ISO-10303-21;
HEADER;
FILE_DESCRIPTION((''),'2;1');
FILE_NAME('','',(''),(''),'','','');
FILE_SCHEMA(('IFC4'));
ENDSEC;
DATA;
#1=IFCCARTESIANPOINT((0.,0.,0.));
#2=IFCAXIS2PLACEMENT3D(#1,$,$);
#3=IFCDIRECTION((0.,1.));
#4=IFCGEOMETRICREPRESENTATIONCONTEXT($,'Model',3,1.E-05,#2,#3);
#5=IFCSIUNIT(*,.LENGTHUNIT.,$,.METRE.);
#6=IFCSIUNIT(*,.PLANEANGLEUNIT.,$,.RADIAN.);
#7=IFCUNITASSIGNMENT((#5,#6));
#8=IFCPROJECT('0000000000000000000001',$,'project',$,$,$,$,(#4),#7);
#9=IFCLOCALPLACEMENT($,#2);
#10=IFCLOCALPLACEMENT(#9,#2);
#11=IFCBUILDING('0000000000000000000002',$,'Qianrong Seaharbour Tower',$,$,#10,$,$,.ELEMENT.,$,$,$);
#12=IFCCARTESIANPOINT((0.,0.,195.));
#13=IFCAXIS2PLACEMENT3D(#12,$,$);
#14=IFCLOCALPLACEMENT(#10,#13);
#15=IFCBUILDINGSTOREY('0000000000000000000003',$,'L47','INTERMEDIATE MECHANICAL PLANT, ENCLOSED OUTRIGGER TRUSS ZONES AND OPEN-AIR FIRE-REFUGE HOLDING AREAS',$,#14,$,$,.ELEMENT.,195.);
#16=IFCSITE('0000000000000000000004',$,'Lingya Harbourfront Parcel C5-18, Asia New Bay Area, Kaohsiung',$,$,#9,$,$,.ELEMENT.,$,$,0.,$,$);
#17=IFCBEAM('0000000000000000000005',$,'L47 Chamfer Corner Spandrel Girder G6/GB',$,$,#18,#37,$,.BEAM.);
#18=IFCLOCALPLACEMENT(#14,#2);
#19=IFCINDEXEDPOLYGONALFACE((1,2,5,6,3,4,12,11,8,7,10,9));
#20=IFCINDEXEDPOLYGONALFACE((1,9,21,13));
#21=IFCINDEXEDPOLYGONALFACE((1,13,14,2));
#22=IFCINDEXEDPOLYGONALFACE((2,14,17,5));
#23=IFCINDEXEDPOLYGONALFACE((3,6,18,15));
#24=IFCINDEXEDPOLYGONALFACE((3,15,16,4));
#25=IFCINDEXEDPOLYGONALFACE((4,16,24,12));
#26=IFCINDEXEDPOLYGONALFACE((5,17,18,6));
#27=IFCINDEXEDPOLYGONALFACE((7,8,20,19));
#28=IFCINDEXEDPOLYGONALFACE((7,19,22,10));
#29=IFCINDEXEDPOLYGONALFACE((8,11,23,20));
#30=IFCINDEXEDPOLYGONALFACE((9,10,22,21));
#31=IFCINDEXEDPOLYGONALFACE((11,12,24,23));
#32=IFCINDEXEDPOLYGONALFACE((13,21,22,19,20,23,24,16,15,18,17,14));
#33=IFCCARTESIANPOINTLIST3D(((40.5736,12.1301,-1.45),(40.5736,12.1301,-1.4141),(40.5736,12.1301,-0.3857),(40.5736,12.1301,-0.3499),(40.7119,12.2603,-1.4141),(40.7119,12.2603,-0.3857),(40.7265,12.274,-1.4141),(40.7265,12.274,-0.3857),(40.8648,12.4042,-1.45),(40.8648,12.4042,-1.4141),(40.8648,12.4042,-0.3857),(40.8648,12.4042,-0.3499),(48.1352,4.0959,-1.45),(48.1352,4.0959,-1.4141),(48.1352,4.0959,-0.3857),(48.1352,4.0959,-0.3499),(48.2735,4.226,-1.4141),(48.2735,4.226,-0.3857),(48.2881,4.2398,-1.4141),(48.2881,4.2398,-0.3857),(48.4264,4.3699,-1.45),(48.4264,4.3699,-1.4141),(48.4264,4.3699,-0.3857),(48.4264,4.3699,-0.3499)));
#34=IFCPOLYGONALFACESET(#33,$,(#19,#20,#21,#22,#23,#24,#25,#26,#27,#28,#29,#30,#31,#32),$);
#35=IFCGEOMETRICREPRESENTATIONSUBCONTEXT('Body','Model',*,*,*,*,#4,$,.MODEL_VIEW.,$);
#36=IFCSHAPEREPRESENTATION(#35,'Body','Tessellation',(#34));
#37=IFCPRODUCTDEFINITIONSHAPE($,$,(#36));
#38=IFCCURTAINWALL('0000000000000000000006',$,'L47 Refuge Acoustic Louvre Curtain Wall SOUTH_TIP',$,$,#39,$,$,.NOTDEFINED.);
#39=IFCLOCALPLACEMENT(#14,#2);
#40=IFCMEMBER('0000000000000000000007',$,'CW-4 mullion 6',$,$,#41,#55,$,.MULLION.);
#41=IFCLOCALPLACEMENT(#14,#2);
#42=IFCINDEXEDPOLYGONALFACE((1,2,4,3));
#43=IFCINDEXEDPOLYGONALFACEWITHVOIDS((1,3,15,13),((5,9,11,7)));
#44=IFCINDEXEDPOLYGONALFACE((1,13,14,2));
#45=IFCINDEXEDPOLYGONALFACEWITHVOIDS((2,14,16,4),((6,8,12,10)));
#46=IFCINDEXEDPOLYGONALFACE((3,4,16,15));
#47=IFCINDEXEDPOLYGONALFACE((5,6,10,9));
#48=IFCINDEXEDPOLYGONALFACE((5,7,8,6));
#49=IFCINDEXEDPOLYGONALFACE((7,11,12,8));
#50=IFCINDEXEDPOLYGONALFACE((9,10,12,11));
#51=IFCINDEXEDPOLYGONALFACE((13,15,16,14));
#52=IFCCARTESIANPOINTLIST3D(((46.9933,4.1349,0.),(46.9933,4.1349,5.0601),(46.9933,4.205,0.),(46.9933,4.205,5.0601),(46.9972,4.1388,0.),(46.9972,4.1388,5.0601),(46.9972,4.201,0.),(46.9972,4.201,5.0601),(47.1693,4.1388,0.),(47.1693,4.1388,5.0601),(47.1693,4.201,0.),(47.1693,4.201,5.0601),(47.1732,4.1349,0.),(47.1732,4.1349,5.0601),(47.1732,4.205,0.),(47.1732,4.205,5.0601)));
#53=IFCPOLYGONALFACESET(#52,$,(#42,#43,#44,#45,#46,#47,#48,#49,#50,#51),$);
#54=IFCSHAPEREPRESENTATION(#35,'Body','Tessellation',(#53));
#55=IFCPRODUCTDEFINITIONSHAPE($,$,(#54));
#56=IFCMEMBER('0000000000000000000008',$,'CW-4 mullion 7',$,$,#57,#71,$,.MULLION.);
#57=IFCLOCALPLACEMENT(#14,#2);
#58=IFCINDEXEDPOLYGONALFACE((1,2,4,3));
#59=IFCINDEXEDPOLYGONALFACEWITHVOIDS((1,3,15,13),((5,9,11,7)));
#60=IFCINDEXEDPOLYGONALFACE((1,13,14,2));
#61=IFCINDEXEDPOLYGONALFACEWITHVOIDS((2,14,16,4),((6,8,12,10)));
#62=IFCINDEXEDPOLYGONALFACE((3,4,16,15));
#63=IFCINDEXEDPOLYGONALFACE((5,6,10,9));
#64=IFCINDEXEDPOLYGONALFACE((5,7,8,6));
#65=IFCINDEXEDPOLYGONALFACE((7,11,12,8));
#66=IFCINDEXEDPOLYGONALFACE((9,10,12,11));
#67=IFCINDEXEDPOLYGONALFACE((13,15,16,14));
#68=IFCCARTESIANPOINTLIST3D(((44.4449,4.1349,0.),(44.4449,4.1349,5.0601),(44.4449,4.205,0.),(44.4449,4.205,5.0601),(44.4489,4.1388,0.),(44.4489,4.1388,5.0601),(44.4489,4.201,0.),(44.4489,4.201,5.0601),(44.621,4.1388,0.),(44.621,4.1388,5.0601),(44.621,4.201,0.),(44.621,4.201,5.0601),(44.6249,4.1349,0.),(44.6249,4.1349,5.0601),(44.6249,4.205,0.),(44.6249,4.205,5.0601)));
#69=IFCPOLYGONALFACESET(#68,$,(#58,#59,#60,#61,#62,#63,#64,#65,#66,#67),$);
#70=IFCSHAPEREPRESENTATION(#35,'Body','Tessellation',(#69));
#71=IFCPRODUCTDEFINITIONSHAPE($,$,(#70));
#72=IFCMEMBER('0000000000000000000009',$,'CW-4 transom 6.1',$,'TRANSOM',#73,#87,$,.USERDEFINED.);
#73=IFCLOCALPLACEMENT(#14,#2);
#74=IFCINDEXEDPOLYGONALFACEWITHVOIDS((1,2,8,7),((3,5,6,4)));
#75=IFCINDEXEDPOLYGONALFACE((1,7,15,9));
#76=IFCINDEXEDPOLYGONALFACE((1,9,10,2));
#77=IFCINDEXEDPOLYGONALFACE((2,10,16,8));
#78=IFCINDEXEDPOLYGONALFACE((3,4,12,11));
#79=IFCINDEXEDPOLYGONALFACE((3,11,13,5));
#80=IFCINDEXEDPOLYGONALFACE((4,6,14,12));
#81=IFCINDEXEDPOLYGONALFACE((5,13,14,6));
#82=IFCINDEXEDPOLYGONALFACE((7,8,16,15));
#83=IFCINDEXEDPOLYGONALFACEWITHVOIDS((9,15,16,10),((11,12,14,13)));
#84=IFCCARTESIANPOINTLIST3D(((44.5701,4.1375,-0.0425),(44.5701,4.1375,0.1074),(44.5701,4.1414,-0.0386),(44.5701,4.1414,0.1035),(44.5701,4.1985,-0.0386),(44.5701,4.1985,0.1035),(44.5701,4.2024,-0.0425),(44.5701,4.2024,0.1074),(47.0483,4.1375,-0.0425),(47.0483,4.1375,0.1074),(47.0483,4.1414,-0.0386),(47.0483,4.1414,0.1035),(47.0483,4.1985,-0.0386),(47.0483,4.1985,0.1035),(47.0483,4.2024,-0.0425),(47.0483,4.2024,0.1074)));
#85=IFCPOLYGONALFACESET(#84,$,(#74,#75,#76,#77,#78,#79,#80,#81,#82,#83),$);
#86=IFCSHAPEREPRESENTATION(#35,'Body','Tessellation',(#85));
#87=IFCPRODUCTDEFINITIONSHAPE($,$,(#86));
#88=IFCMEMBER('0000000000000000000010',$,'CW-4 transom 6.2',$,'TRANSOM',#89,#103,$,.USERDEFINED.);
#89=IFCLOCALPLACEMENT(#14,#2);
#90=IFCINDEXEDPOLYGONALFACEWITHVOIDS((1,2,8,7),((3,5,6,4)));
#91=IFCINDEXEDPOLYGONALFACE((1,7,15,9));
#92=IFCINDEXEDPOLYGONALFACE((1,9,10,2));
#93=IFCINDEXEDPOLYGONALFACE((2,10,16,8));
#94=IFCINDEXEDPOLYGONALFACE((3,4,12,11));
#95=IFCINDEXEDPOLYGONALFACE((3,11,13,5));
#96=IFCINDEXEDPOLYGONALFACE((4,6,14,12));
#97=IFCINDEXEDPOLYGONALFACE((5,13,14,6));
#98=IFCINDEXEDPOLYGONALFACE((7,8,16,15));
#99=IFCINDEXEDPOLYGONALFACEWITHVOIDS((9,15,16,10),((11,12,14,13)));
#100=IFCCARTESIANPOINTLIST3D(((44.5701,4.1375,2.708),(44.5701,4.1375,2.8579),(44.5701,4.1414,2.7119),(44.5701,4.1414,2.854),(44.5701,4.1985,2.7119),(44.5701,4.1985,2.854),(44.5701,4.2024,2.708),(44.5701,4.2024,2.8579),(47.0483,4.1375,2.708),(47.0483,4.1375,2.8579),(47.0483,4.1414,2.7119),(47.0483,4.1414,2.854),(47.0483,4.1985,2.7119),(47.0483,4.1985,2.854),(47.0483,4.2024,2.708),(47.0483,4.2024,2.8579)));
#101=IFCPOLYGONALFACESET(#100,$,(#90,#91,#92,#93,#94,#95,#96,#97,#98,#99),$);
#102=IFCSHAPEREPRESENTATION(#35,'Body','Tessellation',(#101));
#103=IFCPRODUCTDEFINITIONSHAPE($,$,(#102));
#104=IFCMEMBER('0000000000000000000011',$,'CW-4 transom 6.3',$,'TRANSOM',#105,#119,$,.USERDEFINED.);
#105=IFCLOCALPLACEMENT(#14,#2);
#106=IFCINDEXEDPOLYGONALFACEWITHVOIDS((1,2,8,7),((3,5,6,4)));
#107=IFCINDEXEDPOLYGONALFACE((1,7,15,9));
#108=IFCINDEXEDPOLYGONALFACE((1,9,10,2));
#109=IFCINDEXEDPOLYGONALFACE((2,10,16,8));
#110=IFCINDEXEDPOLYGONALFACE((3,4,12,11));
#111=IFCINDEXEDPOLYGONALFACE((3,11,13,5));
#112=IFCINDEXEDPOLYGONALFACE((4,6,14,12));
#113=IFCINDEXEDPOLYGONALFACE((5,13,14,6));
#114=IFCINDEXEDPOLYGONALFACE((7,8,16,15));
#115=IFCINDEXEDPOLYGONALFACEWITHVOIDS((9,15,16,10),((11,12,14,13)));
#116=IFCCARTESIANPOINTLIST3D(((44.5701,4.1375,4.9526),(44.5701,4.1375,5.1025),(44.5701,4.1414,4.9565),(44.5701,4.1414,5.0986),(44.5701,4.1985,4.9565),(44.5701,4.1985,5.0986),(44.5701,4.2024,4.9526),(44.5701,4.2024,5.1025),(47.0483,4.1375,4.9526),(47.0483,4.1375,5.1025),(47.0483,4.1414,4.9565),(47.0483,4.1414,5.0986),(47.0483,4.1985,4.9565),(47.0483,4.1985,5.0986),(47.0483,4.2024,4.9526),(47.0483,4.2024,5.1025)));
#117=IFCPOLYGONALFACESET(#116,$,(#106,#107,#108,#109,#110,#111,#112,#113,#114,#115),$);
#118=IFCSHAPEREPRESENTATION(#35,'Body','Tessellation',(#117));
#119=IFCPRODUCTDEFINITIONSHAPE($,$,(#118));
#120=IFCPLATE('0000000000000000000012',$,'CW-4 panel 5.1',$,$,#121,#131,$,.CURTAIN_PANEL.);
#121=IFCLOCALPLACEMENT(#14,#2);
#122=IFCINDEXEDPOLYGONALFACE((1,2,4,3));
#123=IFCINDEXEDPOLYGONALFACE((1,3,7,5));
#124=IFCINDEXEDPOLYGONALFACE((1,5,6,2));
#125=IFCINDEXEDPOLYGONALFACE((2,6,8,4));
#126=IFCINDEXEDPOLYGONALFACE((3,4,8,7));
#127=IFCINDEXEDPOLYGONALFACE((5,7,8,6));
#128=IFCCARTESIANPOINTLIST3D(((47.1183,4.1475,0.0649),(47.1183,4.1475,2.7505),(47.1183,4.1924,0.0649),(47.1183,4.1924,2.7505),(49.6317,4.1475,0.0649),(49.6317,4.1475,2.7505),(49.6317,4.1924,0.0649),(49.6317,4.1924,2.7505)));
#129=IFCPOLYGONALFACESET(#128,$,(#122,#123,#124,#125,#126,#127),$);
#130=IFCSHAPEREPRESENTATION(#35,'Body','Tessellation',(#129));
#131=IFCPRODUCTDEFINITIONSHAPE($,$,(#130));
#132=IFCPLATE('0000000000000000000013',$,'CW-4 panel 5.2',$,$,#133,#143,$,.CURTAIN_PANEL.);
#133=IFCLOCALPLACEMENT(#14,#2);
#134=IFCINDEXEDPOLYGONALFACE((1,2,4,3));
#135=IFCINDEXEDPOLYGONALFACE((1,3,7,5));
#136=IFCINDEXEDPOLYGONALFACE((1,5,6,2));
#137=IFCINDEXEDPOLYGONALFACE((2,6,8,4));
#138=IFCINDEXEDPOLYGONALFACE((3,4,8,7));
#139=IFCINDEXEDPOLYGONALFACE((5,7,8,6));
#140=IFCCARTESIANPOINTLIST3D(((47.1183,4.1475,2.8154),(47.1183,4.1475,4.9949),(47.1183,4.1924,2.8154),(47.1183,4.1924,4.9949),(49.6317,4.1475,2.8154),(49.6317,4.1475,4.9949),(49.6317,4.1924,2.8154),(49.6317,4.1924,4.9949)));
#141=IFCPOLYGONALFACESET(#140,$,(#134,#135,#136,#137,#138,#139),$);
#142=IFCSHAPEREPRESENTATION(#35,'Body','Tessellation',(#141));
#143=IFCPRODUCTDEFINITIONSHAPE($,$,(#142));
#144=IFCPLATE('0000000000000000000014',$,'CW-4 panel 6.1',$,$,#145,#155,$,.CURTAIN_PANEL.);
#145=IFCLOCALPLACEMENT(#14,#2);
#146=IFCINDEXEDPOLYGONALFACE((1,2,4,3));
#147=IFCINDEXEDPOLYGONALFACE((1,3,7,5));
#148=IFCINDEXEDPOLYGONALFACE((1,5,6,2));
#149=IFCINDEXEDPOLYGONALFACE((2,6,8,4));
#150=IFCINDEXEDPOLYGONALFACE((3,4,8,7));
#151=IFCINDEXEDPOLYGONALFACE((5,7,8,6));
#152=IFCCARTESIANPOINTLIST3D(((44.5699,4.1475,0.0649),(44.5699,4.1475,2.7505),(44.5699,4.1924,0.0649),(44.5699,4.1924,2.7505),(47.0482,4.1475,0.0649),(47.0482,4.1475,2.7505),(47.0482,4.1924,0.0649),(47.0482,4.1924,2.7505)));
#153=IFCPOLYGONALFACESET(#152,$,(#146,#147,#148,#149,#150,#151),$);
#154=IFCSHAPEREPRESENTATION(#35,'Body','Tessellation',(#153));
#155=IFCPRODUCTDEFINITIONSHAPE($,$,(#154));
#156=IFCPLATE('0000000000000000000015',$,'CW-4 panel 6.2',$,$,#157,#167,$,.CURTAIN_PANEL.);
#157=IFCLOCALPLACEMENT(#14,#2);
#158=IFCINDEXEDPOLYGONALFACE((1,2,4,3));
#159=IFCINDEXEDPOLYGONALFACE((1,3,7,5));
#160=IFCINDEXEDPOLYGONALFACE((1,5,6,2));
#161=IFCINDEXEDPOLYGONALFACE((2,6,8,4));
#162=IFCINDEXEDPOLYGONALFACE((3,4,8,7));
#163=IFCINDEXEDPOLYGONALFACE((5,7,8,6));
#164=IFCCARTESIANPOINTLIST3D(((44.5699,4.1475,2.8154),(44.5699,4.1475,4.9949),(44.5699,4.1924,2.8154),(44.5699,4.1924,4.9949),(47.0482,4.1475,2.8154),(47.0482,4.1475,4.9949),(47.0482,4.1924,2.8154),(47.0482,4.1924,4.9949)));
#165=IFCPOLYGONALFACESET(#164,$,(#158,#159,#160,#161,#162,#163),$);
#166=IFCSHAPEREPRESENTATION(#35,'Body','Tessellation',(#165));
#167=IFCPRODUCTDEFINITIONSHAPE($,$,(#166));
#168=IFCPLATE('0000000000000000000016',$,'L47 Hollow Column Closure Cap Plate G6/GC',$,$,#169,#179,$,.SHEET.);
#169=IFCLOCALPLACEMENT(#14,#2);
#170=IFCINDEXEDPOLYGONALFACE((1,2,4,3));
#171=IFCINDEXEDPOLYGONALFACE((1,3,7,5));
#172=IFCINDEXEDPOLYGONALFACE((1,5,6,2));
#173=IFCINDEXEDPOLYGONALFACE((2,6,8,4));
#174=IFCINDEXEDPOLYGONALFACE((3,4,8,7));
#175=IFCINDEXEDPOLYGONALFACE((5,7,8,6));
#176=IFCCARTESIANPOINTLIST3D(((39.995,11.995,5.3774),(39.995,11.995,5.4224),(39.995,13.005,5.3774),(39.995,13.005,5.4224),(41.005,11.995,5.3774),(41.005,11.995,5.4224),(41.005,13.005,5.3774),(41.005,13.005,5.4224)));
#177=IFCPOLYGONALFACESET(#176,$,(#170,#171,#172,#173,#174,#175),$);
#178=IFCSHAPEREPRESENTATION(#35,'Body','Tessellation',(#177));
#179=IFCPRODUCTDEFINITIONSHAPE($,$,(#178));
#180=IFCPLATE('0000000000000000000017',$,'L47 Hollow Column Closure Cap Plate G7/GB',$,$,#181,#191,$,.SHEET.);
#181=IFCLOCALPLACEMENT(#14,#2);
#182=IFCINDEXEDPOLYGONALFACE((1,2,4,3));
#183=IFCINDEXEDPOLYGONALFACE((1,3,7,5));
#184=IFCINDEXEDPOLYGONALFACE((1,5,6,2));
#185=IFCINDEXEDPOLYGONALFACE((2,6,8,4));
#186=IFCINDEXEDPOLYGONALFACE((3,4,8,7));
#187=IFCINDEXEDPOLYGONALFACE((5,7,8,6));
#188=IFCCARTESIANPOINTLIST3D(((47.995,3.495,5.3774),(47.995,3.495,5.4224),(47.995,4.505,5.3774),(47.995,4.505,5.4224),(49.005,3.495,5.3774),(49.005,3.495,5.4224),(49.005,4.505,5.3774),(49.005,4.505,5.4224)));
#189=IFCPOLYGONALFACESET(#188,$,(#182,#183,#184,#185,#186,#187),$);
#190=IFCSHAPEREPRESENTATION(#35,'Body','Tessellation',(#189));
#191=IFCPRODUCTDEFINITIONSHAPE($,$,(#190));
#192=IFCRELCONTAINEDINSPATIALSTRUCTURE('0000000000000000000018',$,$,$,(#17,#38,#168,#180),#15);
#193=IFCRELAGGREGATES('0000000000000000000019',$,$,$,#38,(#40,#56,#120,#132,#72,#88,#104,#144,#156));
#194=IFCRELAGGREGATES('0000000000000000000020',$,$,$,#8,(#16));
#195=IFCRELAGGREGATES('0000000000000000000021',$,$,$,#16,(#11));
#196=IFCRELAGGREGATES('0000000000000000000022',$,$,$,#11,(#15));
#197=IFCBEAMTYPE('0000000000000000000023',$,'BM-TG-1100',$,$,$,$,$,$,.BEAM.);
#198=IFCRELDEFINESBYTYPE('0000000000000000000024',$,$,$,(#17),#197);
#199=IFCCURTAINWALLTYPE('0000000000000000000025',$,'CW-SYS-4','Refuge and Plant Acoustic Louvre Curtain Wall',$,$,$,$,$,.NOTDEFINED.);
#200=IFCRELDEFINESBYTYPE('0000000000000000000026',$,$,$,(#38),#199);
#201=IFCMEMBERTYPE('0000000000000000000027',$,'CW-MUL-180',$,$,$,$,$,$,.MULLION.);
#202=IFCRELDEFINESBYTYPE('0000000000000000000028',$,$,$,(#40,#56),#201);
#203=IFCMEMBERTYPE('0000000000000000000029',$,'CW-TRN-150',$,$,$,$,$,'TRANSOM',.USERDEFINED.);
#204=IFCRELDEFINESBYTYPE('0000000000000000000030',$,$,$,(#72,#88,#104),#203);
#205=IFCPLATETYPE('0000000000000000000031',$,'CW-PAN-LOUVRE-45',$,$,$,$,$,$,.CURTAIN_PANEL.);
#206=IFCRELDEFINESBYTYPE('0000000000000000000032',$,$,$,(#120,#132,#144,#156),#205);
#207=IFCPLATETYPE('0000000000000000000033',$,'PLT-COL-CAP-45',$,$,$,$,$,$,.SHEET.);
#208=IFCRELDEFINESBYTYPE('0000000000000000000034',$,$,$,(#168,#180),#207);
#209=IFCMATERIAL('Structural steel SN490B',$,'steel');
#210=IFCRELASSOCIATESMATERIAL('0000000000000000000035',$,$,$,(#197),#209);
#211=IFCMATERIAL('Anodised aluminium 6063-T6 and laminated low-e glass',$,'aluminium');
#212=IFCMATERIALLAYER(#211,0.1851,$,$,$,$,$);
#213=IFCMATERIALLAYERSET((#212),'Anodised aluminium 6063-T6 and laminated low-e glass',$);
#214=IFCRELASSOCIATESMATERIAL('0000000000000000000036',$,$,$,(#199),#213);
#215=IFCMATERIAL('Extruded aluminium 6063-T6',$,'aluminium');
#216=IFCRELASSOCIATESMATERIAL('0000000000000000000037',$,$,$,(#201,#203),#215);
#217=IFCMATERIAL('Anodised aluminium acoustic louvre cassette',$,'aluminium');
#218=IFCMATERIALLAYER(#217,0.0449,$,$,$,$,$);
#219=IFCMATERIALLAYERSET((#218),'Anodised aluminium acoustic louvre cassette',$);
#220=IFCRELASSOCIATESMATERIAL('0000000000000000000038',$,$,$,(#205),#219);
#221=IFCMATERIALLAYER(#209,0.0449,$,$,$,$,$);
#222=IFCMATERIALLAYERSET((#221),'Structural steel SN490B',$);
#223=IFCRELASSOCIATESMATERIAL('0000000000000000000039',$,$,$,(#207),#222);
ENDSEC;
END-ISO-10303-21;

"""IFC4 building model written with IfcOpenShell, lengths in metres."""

from ifc_helpers import new_model, si_unit, direction, frame, origin, origin_2d, place, context, subcontext, project, spatial, rectangle, hollow_rectangle, i_section, extrude, material, layer, layer_set, material_profile, profile_set, type_object, element, aggregate, save


model = new_model("IFC4")

# Units and contexts
model_context = context("Model", 3, precision=1e-05, world=origin(), true_north=direction((0.0, 1.0)))
body_context = subcontext(model_context, "Body", "Model", "MODEL_VIEW")
ifc_project = project(units=[si_unit("LENGTHUNIT", "METRE"), si_unit("PLANEANGLEUNIT", "RADIAN")], contexts=[model_context])

# Site, building, storey
site_placement = place(None, origin())
site = spatial("IfcSite", under=ifc_project, at=site_placement, Name="Lingya Harbourfront Parcel C5-18, Asia New Bay Area, Kaohsiung", CompositionType="ELEMENT", RefElevation=0.0)
building_placement = place(site_placement, origin())
building = spatial("IfcBuilding", under=site, at=building_placement, Name="Qianrong Seaharbour Tower", CompositionType="ELEMENT")
storey_placement = place(building_placement, frame((0.0, 0.0, 195.0)))
storey = spatial("IfcBuildingStorey", under=building, at=storey_placement, Name="L47", Description="INTERMEDIATE MECHANICAL PLANT, ENCLOSED OUTRIGGER TRUSS ZONES AND OPEN-AIR FIRE-REFUGE HOLDING AREAS", CompositionType="ELEMENT", Elevation=195.0)

# Shared definitions
ifc_material_1 = material(Name="Structural steel SN490B", Category="steel")

# Beam
ifc_material_profile_1 = material_profile(ifc_material_1, i_section(OverallWidth=0.3999, OverallDepth=1.1001, WebThickness=0.02, FlangeThickness=0.0359, at=origin_2d()), Name="BH1100x400x20x36")
ifc_profile_set_1 = profile_set([ifc_material_profile_1], Name="Structural steel SN490B")
beam_type_1 = type_object("IfcBeamType", Name="BM-TG-1100", PredefinedType="BEAM", material=ifc_profile_set_1)
beam_1_placement = place(storey_placement, frame((48.2808, 4.2329, -0.8999), z_axis=(-0.685362, 0.728203, 0.0), x_axis=(-0.728203, -0.685362, 0.0)))
element("IfcBeam", 1, at=beam_1_placement, inside=storey, type_object=beam_type_1, Name="L47 Chamfer Corner Spandrel Girder G6/GB", PredefinedType="BEAM", context=body_context, shape_type="SweptSolid", body=[
    extrude(i_section(OverallWidth=0.3999, OverallDepth=1.1001, WebThickness=0.02, FlangeThickness=0.0359, at=origin_2d()), origin(), (0.0, 0.0, 1.0), 11.033),
])

# Curtain wall, members, plates
ifc_material_2 = material(Name="Anodised aluminium 6063-T6 and laminated low-e glass", Category="aluminium")
ifc_layer_1 = layer(ifc_material_2, 0.1851)
ifc_layer_set_1 = layer_set([ifc_layer_1], Name="Anodised aluminium 6063-T6 and laminated low-e glass")
curtain_wall_type = type_object("IfcCurtainWallType", Name="CW-SYS-4", Description="Refuge and Plant Acoustic Louvre Curtain Wall", PredefinedType="NOTDEFINED", material=ifc_layer_set_1)
curtain_wall_placement = place(storey_placement, origin())
curtain_wall = element("IfcCurtainWall", 2, at=curtain_wall_placement, inside=storey, type_object=curtain_wall_type, Name="L47 Refuge Acoustic Louvre Curtain Wall SOUTH_TIP", PredefinedType="NOTDEFINED")
ifc_material_3 = material(Name="Extruded aluminium 6063-T6", Category="aluminium")
ifc_material_profile_2 = material_profile(ifc_material_3, hollow_rectangle(XDim=0.0701, YDim=0.1799, WallThickness=0.0039, at=origin_2d()), Name="ALU-MUL-180x70x4")
ifc_profile_set_2 = profile_set([ifc_material_profile_2], Name="Extruded aluminium 6063-T6")
member_type_1 = type_object("IfcMemberType", Name="CW-MUL-180", PredefinedType="MULLION", material=ifc_profile_set_2)
member_1_placement = place(storey_placement, frame((47.0833, 4.1699, 0.0), z_axis=(0.0, 0.0, 1.0), x_axis=(0.0, -1.0, 0.0)))
member_1 = element("IfcMember", 3, at=member_1_placement, type_object=member_type_1, Name="CW-4 mullion 6", PredefinedType="MULLION", context=body_context, shape_type="SweptSolid", body=[
    extrude(hollow_rectangle(XDim=0.0701, YDim=0.1799, WallThickness=0.0039, at=origin_2d()), origin(), (0.0, 0.0, 1.0), 5.0601),
])
member_2_placement = place(storey_placement, frame((44.5349, 4.1699, 0.0), z_axis=(0.0, 0.0, 1.0), x_axis=(0.0, -1.0, 0.0)))
member_2 = element("IfcMember", 4, at=member_2_placement, type_object=member_type_1, Name="CW-4 mullion 7", PredefinedType="MULLION", context=body_context, shape_type="SweptSolid", body=[
    extrude(hollow_rectangle(XDim=0.0701, YDim=0.1799, WallThickness=0.0039, at=origin_2d()), origin(), (0.0, 0.0, 1.0), 5.0601),
])
ifc_material_profile_3 = material_profile(ifc_material_3, hollow_rectangle(XDim=0.0649, YDim=0.1499, WallThickness=0.0039, at=origin_2d()), Name="ALU-TRN-150x65x4")
ifc_profile_set_3 = profile_set([ifc_material_profile_3], Name="Extruded aluminium 6063-T6")
member_type_2 = type_object("IfcMemberType", Name="CW-TRN-150", ElementType="TRANSOM", PredefinedType="USERDEFINED", material=ifc_profile_set_3)
member_3_placement = place(storey_placement, frame((47.0483, 4.1699, 0.0325), z_axis=(-1.0, 0.0, 0.0), x_axis=(0.0, -1.0, 0.0)))
member_3 = element("IfcMember", 5, at=member_3_placement, type_object=member_type_2, Name="CW-4 transom 6.1", ObjectType="TRANSOM", PredefinedType="USERDEFINED", context=body_context, shape_type="SweptSolid", body=[
    extrude(hollow_rectangle(XDim=0.0649, YDim=0.1499, WallThickness=0.0039, at=origin_2d()), origin(), (0.0, 0.0, 1.0), 2.4783),
])
member_4_placement = place(storey_placement, frame((47.0483, 4.1699, 2.783), z_axis=(-1.0, 0.0, 0.0), x_axis=(0.0, -1.0, 0.0)))
member_4 = element("IfcMember", 6, at=member_4_placement, type_object=member_type_2, Name="CW-4 transom 6.2", ObjectType="TRANSOM", PredefinedType="USERDEFINED", context=body_context, shape_type="SweptSolid", body=[
    extrude(hollow_rectangle(XDim=0.0649, YDim=0.1499, WallThickness=0.0039, at=origin_2d()), origin(), (0.0, 0.0, 1.0), 2.4783),
])
member_5_placement = place(storey_placement, frame((47.0483, 4.1699, 5.0276), z_axis=(-1.0, 0.0, 0.0), x_axis=(0.0, -1.0, 0.0)))
member_5 = element("IfcMember", 7, at=member_5_placement, type_object=member_type_2, Name="CW-4 transom 6.3", ObjectType="TRANSOM", PredefinedType="USERDEFINED", context=body_context, shape_type="SweptSolid", body=[
    extrude(hollow_rectangle(XDim=0.0649, YDim=0.1499, WallThickness=0.0039, at=origin_2d()), origin(), (0.0, 0.0, 1.0), 2.4783),
])
ifc_material_4 = material(Name="Anodised aluminium acoustic louvre cassette", Category="aluminium")
ifc_layer_2 = layer(ifc_material_4, 0.0449)
ifc_layer_set_2 = layer_set([ifc_layer_2], Name="Anodised aluminium acoustic louvre cassette")
plate_type_1 = type_object("IfcPlateType", Name="CW-PAN-LOUVRE-45", PredefinedType="CURTAIN_PANEL", material=ifc_layer_set_2)
plate_1_placement = place(storey_placement, frame((48.375, 4.1699, 0.0649), z_axis=(0.0, 0.0, 1.0), x_axis=(-1.0, 0.0, 0.0)))
plate_1 = element("IfcPlate", 8, at=plate_1_placement, type_object=plate_type_1, Name="CW-4 panel 5.1", PredefinedType="CURTAIN_PANEL", context=body_context, shape_type="SweptSolid", body=[
    extrude(rectangle(XDim=2.5134, YDim=0.0449, at=origin_2d()), origin(), (0.0, 0.0, 1.0), 2.6855),
])
plate_2_placement = place(storey_placement, frame((48.375, 4.1699, 2.8154), z_axis=(0.0, 0.0, 1.0), x_axis=(-1.0, 0.0, 0.0)))
plate_2 = element("IfcPlate", 9, at=plate_2_placement, type_object=plate_type_1, Name="CW-4 panel 5.2", PredefinedType="CURTAIN_PANEL", context=body_context, shape_type="SweptSolid", body=[
    extrude(rectangle(XDim=2.5134, YDim=0.0449, at=origin_2d()), origin(), (0.0, 0.0, 1.0), 2.1794),
])
plate_3_placement = place(storey_placement, frame((45.8091, 4.1699, 0.0649), z_axis=(0.0, 0.0, 1.0), x_axis=(-1.0, 0.0, 0.0)))
plate_3 = element("IfcPlate", 10, at=plate_3_placement, type_object=plate_type_1, Name="CW-4 panel 6.1", PredefinedType="CURTAIN_PANEL", context=body_context, shape_type="SweptSolid", body=[
    extrude(rectangle(XDim=2.4783, YDim=0.0449, at=origin_2d()), origin(), (0.0, 0.0, 1.0), 2.6855),
])
plate_4_placement = place(storey_placement, frame((45.8091, 4.1699, 2.8154), z_axis=(0.0, 0.0, 1.0), x_axis=(-1.0, 0.0, 0.0)))
plate_4 = element("IfcPlate", 11, at=plate_4_placement, type_object=plate_type_1, Name="CW-4 panel 6.2", PredefinedType="CURTAIN_PANEL", context=body_context, shape_type="SweptSolid", body=[
    extrude(rectangle(XDim=2.4783, YDim=0.0449, at=origin_2d()), origin(), (0.0, 0.0, 1.0), 2.1794),
])
aggregate(curtain_wall, [member_1, member_2, plate_1, plate_2, member_3, member_4, member_5, plate_3, plate_4])

# Plates
ifc_layer_3 = layer(ifc_material_1, 0.0449)
ifc_layer_set_3 = layer_set([ifc_layer_3], Name="Structural steel SN490B")
plate_type_2 = type_object("IfcPlateType", Name="PLT-COL-CAP-45", PredefinedType="SHEET", material=ifc_layer_set_3)
for number, where, z_axis, x_axis, name in (
    (12, (40.5, 12.5, 5.3774), (0.0, 0.0, 1.0), (1.0, 0.0, 0.0), "L47 Hollow Column Closure Cap Plate G6/GC"),
    (13, (48.5, 4.0, 5.3774), (0.0, 0.0, 1.0), (1.0, 0.0, 0.0), "L47 Hollow Column Closure Cap Plate G7/GB"),
):
    element("IfcPlate", number, at=place(storey_placement, frame(where, z_axis=z_axis, x_axis=x_axis)), inside=storey, type_object=plate_type_2, Name=name, PredefinedType="SHEET", context=body_context, shape_type="SweptSolid", body=[
        extrude(rectangle(XDim=1.01, YDim=1.01, at=origin_2d()), origin(), (0.0, 0.0, 1.0), 0.0449),
    ])

save(model, "model.ifc")
